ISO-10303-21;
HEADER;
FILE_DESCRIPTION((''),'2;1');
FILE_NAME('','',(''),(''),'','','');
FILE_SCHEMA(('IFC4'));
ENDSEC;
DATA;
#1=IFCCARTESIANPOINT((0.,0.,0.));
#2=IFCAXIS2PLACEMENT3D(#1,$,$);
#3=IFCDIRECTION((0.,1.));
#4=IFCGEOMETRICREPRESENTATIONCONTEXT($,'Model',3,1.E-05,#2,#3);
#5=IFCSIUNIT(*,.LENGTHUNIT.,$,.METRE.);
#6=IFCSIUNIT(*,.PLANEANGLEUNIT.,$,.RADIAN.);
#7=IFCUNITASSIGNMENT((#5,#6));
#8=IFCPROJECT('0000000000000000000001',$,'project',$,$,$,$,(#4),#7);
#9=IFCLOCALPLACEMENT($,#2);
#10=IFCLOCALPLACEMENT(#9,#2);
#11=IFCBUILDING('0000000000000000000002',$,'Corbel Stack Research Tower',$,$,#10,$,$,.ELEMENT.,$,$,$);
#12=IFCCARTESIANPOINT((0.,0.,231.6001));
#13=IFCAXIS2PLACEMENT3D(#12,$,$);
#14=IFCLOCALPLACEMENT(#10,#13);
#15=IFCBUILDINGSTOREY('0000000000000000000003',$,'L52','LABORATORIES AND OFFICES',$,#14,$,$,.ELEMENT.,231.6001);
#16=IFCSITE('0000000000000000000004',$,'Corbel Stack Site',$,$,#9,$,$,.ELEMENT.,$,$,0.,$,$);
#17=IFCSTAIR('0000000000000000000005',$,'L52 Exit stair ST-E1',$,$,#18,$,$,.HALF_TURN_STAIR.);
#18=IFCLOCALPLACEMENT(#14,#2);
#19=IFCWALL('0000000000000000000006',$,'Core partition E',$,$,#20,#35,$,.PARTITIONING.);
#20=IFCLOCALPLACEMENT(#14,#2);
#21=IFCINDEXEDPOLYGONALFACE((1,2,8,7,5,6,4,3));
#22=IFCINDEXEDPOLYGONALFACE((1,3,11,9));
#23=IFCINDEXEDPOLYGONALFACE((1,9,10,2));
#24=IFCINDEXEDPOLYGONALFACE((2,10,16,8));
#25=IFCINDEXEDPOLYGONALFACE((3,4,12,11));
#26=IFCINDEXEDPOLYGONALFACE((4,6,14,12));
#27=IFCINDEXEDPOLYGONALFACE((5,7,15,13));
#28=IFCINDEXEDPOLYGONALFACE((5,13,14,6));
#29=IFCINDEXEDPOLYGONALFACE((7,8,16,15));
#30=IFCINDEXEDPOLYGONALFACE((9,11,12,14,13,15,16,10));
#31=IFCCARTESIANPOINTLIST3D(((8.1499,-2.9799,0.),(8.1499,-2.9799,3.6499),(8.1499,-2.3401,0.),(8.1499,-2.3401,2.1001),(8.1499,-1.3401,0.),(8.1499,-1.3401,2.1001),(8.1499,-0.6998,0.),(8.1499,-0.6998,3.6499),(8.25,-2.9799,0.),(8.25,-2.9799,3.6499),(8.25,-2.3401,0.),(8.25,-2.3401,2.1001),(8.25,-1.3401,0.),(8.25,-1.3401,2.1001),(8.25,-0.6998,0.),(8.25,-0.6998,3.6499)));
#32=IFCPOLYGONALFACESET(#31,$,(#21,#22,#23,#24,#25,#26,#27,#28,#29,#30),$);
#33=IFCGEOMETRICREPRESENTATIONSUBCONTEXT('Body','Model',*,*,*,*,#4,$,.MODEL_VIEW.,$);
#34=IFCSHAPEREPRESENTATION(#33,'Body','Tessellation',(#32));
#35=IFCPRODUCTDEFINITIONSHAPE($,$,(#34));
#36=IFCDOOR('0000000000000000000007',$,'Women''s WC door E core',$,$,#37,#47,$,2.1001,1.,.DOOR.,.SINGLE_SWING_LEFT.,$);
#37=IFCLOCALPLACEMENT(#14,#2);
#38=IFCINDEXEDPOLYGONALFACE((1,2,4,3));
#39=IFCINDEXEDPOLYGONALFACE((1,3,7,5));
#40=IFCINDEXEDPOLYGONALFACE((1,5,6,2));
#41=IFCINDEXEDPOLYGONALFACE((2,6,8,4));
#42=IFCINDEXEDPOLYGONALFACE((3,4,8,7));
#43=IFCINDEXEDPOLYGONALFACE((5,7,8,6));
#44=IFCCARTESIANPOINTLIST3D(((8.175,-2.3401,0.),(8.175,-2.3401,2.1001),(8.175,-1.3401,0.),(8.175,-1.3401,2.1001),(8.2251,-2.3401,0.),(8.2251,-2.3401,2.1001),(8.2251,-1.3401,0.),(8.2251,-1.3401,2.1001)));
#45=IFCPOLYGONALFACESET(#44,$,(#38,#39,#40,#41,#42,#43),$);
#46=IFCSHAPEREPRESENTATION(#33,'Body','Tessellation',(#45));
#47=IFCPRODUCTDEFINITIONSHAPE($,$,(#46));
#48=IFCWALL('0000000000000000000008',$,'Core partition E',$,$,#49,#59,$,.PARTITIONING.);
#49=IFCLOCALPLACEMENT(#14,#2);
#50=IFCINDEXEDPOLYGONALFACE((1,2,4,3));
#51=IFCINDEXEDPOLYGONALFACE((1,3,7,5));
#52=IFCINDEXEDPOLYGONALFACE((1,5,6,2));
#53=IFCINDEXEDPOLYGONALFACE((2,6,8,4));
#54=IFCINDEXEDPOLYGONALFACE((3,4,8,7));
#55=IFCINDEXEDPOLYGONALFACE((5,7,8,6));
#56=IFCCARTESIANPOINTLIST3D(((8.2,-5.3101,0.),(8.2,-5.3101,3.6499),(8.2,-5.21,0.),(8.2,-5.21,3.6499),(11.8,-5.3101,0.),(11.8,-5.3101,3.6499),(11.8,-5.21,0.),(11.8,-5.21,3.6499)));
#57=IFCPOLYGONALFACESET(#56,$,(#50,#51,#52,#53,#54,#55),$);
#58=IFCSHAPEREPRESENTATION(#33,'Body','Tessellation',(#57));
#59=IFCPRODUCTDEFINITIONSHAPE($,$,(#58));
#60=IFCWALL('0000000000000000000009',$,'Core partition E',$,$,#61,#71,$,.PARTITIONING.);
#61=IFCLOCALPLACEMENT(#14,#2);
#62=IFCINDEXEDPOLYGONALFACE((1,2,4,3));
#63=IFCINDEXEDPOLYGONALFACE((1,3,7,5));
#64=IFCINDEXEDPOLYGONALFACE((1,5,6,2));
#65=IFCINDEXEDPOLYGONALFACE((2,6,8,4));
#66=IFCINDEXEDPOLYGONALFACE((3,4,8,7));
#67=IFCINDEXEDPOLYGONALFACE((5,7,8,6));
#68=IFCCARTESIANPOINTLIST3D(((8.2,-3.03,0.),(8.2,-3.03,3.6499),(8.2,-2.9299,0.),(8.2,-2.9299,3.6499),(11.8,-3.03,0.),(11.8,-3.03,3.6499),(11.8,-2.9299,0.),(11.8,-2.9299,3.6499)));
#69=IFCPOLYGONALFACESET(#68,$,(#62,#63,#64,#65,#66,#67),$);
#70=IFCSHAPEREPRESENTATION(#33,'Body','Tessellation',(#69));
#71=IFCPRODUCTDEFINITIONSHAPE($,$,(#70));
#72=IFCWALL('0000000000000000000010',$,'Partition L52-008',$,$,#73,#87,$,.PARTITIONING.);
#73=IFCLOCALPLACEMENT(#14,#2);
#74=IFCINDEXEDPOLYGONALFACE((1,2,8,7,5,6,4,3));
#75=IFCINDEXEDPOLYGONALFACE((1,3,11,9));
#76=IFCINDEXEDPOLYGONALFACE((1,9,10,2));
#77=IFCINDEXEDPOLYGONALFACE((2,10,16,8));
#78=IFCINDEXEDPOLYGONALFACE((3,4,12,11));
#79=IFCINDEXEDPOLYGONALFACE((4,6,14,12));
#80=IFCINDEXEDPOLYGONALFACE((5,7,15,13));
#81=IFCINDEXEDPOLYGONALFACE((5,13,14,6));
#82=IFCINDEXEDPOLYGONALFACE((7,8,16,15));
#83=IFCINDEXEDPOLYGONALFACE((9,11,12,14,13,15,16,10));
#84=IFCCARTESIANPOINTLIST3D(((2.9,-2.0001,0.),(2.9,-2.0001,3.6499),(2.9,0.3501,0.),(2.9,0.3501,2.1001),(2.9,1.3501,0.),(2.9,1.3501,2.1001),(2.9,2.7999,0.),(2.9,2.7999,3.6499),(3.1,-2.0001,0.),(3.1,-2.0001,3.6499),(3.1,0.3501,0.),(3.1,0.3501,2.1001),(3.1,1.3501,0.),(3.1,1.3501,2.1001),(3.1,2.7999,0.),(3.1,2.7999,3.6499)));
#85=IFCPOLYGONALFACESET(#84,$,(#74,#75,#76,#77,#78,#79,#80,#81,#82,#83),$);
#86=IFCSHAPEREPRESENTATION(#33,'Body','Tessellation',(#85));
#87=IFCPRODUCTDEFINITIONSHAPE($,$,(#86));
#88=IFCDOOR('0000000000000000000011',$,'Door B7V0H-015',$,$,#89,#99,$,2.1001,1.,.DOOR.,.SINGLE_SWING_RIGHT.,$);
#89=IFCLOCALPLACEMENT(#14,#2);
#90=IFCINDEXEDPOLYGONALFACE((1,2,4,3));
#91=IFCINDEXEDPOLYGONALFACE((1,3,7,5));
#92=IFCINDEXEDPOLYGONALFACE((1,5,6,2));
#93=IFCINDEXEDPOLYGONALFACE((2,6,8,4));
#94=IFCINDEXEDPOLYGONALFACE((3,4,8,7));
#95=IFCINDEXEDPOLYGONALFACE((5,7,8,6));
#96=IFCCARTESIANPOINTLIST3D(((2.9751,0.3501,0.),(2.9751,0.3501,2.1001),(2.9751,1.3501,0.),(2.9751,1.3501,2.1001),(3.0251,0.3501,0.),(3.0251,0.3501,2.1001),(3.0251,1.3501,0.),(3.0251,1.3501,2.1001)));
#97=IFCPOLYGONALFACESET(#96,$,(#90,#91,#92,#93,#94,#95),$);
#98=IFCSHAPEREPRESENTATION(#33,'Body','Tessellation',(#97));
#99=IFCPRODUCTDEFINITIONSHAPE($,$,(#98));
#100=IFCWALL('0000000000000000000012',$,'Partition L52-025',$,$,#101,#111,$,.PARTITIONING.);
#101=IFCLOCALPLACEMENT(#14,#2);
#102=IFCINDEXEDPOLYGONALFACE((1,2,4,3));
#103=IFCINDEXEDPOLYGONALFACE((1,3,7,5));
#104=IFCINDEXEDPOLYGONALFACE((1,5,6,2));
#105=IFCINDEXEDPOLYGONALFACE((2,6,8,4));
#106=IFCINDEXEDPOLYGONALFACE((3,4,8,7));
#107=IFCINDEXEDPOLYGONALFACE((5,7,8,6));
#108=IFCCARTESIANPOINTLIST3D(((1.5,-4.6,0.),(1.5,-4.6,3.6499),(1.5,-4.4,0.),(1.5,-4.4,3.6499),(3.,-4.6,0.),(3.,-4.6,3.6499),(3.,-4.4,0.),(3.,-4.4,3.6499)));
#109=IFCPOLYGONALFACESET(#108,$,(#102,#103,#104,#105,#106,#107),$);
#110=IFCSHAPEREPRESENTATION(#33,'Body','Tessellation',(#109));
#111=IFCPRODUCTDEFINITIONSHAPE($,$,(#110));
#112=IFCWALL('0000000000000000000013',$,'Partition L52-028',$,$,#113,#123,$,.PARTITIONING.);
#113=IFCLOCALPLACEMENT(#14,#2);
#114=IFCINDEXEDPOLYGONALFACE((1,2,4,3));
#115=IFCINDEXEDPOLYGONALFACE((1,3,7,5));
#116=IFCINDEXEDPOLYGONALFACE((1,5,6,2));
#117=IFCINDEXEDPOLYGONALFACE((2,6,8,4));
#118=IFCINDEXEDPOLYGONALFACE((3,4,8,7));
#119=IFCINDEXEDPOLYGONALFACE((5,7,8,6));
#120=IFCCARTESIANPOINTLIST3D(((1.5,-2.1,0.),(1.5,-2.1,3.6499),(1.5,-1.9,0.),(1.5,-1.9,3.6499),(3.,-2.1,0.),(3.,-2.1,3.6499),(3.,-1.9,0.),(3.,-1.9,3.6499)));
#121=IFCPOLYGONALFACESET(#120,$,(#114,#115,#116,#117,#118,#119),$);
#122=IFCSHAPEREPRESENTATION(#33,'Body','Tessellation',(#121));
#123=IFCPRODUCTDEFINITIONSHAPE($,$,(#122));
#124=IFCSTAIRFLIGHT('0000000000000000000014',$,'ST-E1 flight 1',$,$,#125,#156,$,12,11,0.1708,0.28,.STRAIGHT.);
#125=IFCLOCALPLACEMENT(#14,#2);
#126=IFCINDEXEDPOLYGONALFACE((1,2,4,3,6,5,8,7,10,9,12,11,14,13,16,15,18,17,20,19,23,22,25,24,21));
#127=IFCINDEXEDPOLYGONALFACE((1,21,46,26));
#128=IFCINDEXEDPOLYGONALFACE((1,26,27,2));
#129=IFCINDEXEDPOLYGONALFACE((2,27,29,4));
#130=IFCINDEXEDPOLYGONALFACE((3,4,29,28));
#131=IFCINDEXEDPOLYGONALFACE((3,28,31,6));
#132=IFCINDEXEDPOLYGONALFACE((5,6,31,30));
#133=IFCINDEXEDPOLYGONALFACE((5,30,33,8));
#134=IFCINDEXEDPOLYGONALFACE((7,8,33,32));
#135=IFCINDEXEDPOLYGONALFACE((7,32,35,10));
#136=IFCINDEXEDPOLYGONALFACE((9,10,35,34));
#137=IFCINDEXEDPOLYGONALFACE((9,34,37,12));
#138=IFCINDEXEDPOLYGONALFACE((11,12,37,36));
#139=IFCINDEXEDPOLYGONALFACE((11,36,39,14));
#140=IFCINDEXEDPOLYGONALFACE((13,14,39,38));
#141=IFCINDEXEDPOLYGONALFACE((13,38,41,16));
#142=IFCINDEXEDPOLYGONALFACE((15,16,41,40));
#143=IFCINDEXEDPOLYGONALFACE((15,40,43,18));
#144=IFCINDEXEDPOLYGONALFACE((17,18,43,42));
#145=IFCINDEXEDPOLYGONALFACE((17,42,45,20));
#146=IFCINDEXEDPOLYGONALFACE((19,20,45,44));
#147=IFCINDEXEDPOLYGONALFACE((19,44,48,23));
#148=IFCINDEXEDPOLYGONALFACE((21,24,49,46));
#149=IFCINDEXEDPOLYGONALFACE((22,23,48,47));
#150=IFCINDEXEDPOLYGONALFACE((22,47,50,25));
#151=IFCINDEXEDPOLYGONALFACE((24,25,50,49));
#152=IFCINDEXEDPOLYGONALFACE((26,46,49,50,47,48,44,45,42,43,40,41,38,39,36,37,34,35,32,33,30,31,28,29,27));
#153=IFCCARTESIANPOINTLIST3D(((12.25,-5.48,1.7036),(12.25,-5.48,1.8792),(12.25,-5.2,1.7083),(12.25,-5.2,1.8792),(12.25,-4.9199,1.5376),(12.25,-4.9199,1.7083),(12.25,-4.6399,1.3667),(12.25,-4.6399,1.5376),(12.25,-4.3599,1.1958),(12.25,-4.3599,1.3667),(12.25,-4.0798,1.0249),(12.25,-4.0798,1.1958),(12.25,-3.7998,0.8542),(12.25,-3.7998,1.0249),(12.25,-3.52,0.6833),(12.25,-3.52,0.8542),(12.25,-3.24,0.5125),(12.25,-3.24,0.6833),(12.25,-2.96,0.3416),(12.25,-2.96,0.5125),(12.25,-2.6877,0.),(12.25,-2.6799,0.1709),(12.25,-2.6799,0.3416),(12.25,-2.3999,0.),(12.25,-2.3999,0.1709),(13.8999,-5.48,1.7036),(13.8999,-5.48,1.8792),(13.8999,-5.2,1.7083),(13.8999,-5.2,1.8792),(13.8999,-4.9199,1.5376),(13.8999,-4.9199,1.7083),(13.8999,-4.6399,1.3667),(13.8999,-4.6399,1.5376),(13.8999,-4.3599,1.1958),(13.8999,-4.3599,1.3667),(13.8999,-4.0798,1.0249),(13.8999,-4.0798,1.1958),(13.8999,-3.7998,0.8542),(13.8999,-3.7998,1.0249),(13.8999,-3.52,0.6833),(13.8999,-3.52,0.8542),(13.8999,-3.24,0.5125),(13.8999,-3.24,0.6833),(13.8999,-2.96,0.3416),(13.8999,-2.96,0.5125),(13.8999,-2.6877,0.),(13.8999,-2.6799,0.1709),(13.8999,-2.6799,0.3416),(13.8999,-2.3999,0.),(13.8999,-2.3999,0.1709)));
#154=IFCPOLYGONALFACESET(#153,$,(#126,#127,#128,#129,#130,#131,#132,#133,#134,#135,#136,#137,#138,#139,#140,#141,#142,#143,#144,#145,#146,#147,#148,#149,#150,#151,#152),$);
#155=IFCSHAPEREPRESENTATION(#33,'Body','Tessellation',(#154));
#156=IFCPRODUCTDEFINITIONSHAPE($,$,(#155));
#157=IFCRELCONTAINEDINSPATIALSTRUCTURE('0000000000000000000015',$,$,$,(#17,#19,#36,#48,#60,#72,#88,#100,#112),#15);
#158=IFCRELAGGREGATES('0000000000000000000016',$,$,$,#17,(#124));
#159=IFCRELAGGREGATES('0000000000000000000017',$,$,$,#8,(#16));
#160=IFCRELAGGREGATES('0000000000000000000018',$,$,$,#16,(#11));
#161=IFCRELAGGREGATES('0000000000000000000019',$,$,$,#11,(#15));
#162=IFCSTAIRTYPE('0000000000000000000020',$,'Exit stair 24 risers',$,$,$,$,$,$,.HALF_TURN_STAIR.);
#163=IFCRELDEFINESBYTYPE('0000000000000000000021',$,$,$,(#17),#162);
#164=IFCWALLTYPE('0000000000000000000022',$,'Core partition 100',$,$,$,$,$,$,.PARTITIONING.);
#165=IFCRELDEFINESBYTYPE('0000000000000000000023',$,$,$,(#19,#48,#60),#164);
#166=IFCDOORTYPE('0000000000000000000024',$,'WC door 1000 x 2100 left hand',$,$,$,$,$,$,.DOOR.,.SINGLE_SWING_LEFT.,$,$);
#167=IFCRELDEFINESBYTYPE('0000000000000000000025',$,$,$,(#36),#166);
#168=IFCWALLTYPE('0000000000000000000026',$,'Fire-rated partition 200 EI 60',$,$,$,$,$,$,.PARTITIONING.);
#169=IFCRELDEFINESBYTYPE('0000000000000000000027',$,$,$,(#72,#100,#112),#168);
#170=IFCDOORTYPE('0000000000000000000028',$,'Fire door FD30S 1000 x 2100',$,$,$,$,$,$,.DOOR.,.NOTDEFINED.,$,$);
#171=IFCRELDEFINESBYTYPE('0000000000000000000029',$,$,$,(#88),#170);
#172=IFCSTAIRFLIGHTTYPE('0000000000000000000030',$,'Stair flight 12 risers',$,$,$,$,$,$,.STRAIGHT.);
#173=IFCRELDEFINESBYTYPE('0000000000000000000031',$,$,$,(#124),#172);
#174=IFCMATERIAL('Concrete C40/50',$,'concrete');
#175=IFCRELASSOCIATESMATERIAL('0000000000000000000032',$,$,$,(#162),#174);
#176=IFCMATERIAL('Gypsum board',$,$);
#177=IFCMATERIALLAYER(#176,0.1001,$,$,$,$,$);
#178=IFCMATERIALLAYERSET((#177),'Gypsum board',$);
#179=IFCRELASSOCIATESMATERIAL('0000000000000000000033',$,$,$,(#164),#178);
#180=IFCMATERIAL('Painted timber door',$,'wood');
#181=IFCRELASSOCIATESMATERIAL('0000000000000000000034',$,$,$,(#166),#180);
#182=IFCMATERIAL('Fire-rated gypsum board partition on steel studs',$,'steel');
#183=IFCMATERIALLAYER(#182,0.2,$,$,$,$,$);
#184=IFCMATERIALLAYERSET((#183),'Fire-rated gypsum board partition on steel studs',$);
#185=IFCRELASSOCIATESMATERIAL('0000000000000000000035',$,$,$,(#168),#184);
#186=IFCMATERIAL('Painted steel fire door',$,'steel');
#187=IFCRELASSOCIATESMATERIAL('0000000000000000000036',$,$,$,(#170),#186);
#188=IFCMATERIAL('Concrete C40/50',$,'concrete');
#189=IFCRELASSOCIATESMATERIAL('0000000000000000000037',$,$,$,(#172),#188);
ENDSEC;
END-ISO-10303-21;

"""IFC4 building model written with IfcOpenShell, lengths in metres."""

from ifc_helpers import new_model, si_unit, direction, frame, frame_2d, origin, place, context, subcontext, project, spatial, polyline, rectangle, outline, extrude, material, layer, layer_set, type_object, element, fill, aggregate, save


model = new_model("IFC4")

# Units and contexts
model_context = context("Model", 3, precision=1e-05, world=origin(), true_north=direction((0.0, 1.0)))
body_context = subcontext(model_context, "Body", "Model", "MODEL_VIEW")
ifc_project = project(units=[si_unit("LENGTHUNIT", "METRE"), si_unit("PLANEANGLEUNIT", "RADIAN")], contexts=[model_context])

# Site, building, storey
site_placement = place(None, origin())
site = spatial("IfcSite", under=ifc_project, at=site_placement, Name="Corbel Stack Site", CompositionType="ELEMENT", RefElevation=0.0)
building_placement = place(site_placement, origin())
building = spatial("IfcBuilding", under=site, at=building_placement, Name="Corbel Stack Research Tower", CompositionType="ELEMENT")
storey_placement = place(building_placement, frame((0.0, 0.0, 231.6001)))
storey = spatial("IfcBuildingStorey", under=building, at=storey_placement, Name="L52", Description="LABORATORIES AND OFFICES", CompositionType="ELEMENT", Elevation=231.6001)

# Stair
ifc_material_1 = material(Name="Concrete C40/50", Category="concrete")
stair_type = type_object("IfcStairType", Name="Exit stair 24 risers", PredefinedType="HALF_TURN_STAIR", material=ifc_material_1)
stair_1_placement = place(storey_placement, origin())
stair_1 = element("IfcStair", 1, at=stair_1_placement, inside=storey, type_object=stair_type, Name="L52 Exit stair ST-E1", PredefinedType="HALF_TURN_STAIR")

# Wall, opening, door
ifc_material_2 = material(Name="Gypsum board")
ifc_layer_1 = layer(ifc_material_2, 0.1001)
ifc_layer_set_1 = layer_set([ifc_layer_1], Name="Gypsum board")
wall_type_1 = type_object("IfcWallType", Name="Core partition 100", PredefinedType="PARTITIONING", material=ifc_layer_set_1)
ifc_material_3 = material(Name="Painted timber door", Category="wood")
door_type_1 = type_object("IfcDoorType", Name="WC door 1000 x 2100 left hand", OperationType="SINGLE_SWING_LEFT", PredefinedType="DOOR", material=ifc_material_3)
wall_1_placement = place(storey_placement, frame((8.2, -2.98, 0.0), z_axis=(0.0, 0.0, 1.0), x_axis=(0.0, 1.0, 0.0)))
wall_1 = element("IfcWall", 2, at=wall_1_placement, inside=storey, type_object=wall_type_1, Name="Core partition E", PredefinedType="PARTITIONING", context=body_context, shape_type="SweptSolid", body=[
    extrude(rectangle(XDim=2.28, YDim=0.1001, at=frame_2d((1.1401, 0.0))), origin(), (0.0, 0.0, 1.0), 3.6499),
])
opening_1_placement = place(wall_1_placement, frame((0.6399, 0.0, 0.0)))
opening_1 = element("IfcOpeningElement", 3, at=opening_1_placement, cuts=wall_1, PredefinedType="OPENING", context=body_context, shape_type="SweptSolid", body=[
    extrude(rectangle(XDim=1.0, YDim=2.1001, at=frame_2d((0.5, 1.05))), frame((0.0, 0.0601, 0.0), z_axis=(0.0, -1.0, 0.0), x_axis=(1.0, 0.0, 0.0)), (0.0, 0.0, 1.0), 0.1201),
])
door_1_placement = place(opening_1_placement, origin())
door_1 = element("IfcDoor", 4, at=door_1_placement, inside=storey, type_object=door_type_1, Name="Women's WC door E core", OperationType="SINGLE_SWING_LEFT", OverallHeight=2.1001, OverallWidth=1.0, PredefinedType="DOOR", context=body_context, shape_type="SweptSolid", body=[
    extrude(rectangle(XDim=1.0, YDim=2.1001, at=frame_2d((0.5, 1.05))), frame((0.0, 0.0249, 0.0), z_axis=(0.0, -1.0, 0.0), x_axis=(1.0, 0.0, 0.0)), (0.0, 0.0, 1.0), 0.05),
])
fill(opening_1, door_1)

# Walls
for number, where, z_axis, x_axis, name in (
    (5, (8.2, -5.26, 0.0), (0.0, 0.0, 1.0), (1.0, 0.0, 0.0), "Core partition E"),
    (6, (8.2, -2.98, 0.0), (0.0, 0.0, 1.0), (1.0, 0.0, 0.0), "Core partition E"),
):
    element("IfcWall", number, at=place(storey_placement, frame(where, z_axis=z_axis, x_axis=x_axis)), inside=storey, type_object=wall_type_1, Name=name, PredefinedType="PARTITIONING", context=body_context, shape_type="SweptSolid", body=[
        extrude(rectangle(XDim=3.6001, YDim=0.1001, at=frame_2d((1.8, 0.0))), origin(), (0.0, 0.0, 1.0), 3.6499),
    ])

# Wall, opening, door
ifc_material_4 = material(Name="Fire-rated gypsum board partition on steel studs", Category="steel")
ifc_layer_2 = layer(ifc_material_4, 0.2)
ifc_layer_set_2 = layer_set([ifc_layer_2], Name="Fire-rated gypsum board partition on steel studs")
wall_type_2 = type_object("IfcWallType", Name="Fire-rated partition 200 EI 60", PredefinedType="PARTITIONING", material=ifc_layer_set_2)
wall_2_placement = place(storey_placement, frame((3.0, -2.0, 0.0), z_axis=(0.0, 0.0, 1.0), x_axis=(0.0, 1.0, 0.0)))
wall_2 = element("IfcWall", 7, at=wall_2_placement, inside=storey, type_object=wall_type_2, Name="Partition L52-008", PredefinedType="PARTITIONING", context=body_context, shape_type="SweptSolid", body=[
    extrude(rectangle(XDim=4.8, YDim=0.2, at=frame_2d((2.3999, 0.0))), origin(), (0.0, 0.0, 1.0), 3.6499),
])
opening_2_placement = place(wall_2_placement, frame((2.3501, 0.0, 0.0)))
opening_2 = element("IfcOpeningElement", 8, at=opening_2_placement, cuts=wall_2, PredefinedType="OPENING", context=body_context, shape_type="SweptSolid", body=[
    extrude(rectangle(XDim=1.0, YDim=2.1001, at=frame_2d((0.5, 1.05))), frame((0.0, 0.1099, 0.0), z_axis=(0.0, -1.0, 0.0), x_axis=(1.0, 0.0, 0.0)), (0.0, 0.0, 1.0), 0.22),
])
ifc_material_5 = material(Name="Painted steel fire door", Category="steel")
door_type_2 = type_object("IfcDoorType", Name="Fire door FD30S 1000 x 2100", OperationType="NOTDEFINED", PredefinedType="DOOR", material=ifc_material_5)
door_2_placement = place(opening_2_placement, origin())
door_2 = element("IfcDoor", 9, at=door_2_placement, inside=storey, type_object=door_type_2, Name="Door B7V0H-015", OperationType="SINGLE_SWING_RIGHT", OverallHeight=2.1001, OverallWidth=1.0, PredefinedType="DOOR", context=body_context, shape_type="SweptSolid", body=[
    extrude(rectangle(XDim=1.0, YDim=2.1001, at=frame_2d((0.5, 1.05))), frame((0.0, 0.0249, 0.0), z_axis=(0.0, -1.0, 0.0), x_axis=(1.0, 0.0, 0.0)), (0.0, 0.0, 1.0), 0.05),
])
fill(opening_2, door_2)

# Walls
for number, where, z_axis, x_axis, name in (
    (10, (1.5, -4.5, 0.0), (0.0, 0.0, 1.0), (1.0, 0.0, 0.0), "Partition L52-025"),
    (11, (1.5, -2.0, 0.0), (0.0, 0.0, 1.0), (1.0, 0.0, 0.0), "Partition L52-028"),
):
    element("IfcWall", number, at=place(storey_placement, frame(where, z_axis=z_axis, x_axis=x_axis)), inside=storey, type_object=wall_type_2, Name=name, PredefinedType="PARTITIONING", context=body_context, shape_type="SweptSolid", body=[
        extrude(rectangle(XDim=1.5, YDim=0.2, at=frame_2d((0.75, 0.0))), origin(), (0.0, 0.0, 1.0), 3.6499),
    ])

# Stair flight
ifc_material_6 = material(Name="Concrete C40/50", Category="concrete")
stair_flight_type = type_object("IfcStairFlightType", Name="Stair flight 12 risers", PredefinedType="STRAIGHT", material=ifc_material_6)
stair_flight_placement = place(storey_placement, frame((13.075, -2.3999, 0.0), z_axis=(0.0, 0.0, 1.0), x_axis=(0.0, -1.0, 0.0)))
stair_flight = element("IfcStairFlight", 12, at=stair_flight_placement, type_object=stair_flight_type, Name="ST-E1 flight 1", NumberOfRisers=12, NumberOfTreads=11, PredefinedType="STRAIGHT", RiserHeight=0.1708, TreadLength=0.28, context=body_context, shape_type="SweptSolid", body=[
    extrude(outline(polyline([(0.0, 0.0), (0.0, 0.1709), (0.28, 0.1709), (0.28, 0.3416), (0.5601, 0.3416), (0.5601, 0.5125), (0.8401, 0.5125), (0.8401, 0.6833), (1.1201, 0.6833), (1.1201, 0.8542), (1.3999, 0.8542), (1.3999, 1.0249), (1.6799, 1.0249), (1.6799, 1.1958), (1.96, 1.1958), (1.96, 1.3667), (2.24, 1.3667), (2.24, 1.5376), (2.52, 1.5376), (2.52, 1.7083), (2.8, 1.7083), (2.8, 1.8792), (3.0801, 1.8792), (3.0801, 2.05), (3.0801, 1.7036), (0.2878, 0.0), (0.0, 0.0)])), frame((0.0, 0.825, 0.0), z_axis=(0.0, -1.0, 0.0), x_axis=(1.0, 0.0, 0.0)), (0.0, 0.0, 1.0), 1.6499),
])
aggregate(stair_1, [stair_flight])

save(model, "model.ifc")
